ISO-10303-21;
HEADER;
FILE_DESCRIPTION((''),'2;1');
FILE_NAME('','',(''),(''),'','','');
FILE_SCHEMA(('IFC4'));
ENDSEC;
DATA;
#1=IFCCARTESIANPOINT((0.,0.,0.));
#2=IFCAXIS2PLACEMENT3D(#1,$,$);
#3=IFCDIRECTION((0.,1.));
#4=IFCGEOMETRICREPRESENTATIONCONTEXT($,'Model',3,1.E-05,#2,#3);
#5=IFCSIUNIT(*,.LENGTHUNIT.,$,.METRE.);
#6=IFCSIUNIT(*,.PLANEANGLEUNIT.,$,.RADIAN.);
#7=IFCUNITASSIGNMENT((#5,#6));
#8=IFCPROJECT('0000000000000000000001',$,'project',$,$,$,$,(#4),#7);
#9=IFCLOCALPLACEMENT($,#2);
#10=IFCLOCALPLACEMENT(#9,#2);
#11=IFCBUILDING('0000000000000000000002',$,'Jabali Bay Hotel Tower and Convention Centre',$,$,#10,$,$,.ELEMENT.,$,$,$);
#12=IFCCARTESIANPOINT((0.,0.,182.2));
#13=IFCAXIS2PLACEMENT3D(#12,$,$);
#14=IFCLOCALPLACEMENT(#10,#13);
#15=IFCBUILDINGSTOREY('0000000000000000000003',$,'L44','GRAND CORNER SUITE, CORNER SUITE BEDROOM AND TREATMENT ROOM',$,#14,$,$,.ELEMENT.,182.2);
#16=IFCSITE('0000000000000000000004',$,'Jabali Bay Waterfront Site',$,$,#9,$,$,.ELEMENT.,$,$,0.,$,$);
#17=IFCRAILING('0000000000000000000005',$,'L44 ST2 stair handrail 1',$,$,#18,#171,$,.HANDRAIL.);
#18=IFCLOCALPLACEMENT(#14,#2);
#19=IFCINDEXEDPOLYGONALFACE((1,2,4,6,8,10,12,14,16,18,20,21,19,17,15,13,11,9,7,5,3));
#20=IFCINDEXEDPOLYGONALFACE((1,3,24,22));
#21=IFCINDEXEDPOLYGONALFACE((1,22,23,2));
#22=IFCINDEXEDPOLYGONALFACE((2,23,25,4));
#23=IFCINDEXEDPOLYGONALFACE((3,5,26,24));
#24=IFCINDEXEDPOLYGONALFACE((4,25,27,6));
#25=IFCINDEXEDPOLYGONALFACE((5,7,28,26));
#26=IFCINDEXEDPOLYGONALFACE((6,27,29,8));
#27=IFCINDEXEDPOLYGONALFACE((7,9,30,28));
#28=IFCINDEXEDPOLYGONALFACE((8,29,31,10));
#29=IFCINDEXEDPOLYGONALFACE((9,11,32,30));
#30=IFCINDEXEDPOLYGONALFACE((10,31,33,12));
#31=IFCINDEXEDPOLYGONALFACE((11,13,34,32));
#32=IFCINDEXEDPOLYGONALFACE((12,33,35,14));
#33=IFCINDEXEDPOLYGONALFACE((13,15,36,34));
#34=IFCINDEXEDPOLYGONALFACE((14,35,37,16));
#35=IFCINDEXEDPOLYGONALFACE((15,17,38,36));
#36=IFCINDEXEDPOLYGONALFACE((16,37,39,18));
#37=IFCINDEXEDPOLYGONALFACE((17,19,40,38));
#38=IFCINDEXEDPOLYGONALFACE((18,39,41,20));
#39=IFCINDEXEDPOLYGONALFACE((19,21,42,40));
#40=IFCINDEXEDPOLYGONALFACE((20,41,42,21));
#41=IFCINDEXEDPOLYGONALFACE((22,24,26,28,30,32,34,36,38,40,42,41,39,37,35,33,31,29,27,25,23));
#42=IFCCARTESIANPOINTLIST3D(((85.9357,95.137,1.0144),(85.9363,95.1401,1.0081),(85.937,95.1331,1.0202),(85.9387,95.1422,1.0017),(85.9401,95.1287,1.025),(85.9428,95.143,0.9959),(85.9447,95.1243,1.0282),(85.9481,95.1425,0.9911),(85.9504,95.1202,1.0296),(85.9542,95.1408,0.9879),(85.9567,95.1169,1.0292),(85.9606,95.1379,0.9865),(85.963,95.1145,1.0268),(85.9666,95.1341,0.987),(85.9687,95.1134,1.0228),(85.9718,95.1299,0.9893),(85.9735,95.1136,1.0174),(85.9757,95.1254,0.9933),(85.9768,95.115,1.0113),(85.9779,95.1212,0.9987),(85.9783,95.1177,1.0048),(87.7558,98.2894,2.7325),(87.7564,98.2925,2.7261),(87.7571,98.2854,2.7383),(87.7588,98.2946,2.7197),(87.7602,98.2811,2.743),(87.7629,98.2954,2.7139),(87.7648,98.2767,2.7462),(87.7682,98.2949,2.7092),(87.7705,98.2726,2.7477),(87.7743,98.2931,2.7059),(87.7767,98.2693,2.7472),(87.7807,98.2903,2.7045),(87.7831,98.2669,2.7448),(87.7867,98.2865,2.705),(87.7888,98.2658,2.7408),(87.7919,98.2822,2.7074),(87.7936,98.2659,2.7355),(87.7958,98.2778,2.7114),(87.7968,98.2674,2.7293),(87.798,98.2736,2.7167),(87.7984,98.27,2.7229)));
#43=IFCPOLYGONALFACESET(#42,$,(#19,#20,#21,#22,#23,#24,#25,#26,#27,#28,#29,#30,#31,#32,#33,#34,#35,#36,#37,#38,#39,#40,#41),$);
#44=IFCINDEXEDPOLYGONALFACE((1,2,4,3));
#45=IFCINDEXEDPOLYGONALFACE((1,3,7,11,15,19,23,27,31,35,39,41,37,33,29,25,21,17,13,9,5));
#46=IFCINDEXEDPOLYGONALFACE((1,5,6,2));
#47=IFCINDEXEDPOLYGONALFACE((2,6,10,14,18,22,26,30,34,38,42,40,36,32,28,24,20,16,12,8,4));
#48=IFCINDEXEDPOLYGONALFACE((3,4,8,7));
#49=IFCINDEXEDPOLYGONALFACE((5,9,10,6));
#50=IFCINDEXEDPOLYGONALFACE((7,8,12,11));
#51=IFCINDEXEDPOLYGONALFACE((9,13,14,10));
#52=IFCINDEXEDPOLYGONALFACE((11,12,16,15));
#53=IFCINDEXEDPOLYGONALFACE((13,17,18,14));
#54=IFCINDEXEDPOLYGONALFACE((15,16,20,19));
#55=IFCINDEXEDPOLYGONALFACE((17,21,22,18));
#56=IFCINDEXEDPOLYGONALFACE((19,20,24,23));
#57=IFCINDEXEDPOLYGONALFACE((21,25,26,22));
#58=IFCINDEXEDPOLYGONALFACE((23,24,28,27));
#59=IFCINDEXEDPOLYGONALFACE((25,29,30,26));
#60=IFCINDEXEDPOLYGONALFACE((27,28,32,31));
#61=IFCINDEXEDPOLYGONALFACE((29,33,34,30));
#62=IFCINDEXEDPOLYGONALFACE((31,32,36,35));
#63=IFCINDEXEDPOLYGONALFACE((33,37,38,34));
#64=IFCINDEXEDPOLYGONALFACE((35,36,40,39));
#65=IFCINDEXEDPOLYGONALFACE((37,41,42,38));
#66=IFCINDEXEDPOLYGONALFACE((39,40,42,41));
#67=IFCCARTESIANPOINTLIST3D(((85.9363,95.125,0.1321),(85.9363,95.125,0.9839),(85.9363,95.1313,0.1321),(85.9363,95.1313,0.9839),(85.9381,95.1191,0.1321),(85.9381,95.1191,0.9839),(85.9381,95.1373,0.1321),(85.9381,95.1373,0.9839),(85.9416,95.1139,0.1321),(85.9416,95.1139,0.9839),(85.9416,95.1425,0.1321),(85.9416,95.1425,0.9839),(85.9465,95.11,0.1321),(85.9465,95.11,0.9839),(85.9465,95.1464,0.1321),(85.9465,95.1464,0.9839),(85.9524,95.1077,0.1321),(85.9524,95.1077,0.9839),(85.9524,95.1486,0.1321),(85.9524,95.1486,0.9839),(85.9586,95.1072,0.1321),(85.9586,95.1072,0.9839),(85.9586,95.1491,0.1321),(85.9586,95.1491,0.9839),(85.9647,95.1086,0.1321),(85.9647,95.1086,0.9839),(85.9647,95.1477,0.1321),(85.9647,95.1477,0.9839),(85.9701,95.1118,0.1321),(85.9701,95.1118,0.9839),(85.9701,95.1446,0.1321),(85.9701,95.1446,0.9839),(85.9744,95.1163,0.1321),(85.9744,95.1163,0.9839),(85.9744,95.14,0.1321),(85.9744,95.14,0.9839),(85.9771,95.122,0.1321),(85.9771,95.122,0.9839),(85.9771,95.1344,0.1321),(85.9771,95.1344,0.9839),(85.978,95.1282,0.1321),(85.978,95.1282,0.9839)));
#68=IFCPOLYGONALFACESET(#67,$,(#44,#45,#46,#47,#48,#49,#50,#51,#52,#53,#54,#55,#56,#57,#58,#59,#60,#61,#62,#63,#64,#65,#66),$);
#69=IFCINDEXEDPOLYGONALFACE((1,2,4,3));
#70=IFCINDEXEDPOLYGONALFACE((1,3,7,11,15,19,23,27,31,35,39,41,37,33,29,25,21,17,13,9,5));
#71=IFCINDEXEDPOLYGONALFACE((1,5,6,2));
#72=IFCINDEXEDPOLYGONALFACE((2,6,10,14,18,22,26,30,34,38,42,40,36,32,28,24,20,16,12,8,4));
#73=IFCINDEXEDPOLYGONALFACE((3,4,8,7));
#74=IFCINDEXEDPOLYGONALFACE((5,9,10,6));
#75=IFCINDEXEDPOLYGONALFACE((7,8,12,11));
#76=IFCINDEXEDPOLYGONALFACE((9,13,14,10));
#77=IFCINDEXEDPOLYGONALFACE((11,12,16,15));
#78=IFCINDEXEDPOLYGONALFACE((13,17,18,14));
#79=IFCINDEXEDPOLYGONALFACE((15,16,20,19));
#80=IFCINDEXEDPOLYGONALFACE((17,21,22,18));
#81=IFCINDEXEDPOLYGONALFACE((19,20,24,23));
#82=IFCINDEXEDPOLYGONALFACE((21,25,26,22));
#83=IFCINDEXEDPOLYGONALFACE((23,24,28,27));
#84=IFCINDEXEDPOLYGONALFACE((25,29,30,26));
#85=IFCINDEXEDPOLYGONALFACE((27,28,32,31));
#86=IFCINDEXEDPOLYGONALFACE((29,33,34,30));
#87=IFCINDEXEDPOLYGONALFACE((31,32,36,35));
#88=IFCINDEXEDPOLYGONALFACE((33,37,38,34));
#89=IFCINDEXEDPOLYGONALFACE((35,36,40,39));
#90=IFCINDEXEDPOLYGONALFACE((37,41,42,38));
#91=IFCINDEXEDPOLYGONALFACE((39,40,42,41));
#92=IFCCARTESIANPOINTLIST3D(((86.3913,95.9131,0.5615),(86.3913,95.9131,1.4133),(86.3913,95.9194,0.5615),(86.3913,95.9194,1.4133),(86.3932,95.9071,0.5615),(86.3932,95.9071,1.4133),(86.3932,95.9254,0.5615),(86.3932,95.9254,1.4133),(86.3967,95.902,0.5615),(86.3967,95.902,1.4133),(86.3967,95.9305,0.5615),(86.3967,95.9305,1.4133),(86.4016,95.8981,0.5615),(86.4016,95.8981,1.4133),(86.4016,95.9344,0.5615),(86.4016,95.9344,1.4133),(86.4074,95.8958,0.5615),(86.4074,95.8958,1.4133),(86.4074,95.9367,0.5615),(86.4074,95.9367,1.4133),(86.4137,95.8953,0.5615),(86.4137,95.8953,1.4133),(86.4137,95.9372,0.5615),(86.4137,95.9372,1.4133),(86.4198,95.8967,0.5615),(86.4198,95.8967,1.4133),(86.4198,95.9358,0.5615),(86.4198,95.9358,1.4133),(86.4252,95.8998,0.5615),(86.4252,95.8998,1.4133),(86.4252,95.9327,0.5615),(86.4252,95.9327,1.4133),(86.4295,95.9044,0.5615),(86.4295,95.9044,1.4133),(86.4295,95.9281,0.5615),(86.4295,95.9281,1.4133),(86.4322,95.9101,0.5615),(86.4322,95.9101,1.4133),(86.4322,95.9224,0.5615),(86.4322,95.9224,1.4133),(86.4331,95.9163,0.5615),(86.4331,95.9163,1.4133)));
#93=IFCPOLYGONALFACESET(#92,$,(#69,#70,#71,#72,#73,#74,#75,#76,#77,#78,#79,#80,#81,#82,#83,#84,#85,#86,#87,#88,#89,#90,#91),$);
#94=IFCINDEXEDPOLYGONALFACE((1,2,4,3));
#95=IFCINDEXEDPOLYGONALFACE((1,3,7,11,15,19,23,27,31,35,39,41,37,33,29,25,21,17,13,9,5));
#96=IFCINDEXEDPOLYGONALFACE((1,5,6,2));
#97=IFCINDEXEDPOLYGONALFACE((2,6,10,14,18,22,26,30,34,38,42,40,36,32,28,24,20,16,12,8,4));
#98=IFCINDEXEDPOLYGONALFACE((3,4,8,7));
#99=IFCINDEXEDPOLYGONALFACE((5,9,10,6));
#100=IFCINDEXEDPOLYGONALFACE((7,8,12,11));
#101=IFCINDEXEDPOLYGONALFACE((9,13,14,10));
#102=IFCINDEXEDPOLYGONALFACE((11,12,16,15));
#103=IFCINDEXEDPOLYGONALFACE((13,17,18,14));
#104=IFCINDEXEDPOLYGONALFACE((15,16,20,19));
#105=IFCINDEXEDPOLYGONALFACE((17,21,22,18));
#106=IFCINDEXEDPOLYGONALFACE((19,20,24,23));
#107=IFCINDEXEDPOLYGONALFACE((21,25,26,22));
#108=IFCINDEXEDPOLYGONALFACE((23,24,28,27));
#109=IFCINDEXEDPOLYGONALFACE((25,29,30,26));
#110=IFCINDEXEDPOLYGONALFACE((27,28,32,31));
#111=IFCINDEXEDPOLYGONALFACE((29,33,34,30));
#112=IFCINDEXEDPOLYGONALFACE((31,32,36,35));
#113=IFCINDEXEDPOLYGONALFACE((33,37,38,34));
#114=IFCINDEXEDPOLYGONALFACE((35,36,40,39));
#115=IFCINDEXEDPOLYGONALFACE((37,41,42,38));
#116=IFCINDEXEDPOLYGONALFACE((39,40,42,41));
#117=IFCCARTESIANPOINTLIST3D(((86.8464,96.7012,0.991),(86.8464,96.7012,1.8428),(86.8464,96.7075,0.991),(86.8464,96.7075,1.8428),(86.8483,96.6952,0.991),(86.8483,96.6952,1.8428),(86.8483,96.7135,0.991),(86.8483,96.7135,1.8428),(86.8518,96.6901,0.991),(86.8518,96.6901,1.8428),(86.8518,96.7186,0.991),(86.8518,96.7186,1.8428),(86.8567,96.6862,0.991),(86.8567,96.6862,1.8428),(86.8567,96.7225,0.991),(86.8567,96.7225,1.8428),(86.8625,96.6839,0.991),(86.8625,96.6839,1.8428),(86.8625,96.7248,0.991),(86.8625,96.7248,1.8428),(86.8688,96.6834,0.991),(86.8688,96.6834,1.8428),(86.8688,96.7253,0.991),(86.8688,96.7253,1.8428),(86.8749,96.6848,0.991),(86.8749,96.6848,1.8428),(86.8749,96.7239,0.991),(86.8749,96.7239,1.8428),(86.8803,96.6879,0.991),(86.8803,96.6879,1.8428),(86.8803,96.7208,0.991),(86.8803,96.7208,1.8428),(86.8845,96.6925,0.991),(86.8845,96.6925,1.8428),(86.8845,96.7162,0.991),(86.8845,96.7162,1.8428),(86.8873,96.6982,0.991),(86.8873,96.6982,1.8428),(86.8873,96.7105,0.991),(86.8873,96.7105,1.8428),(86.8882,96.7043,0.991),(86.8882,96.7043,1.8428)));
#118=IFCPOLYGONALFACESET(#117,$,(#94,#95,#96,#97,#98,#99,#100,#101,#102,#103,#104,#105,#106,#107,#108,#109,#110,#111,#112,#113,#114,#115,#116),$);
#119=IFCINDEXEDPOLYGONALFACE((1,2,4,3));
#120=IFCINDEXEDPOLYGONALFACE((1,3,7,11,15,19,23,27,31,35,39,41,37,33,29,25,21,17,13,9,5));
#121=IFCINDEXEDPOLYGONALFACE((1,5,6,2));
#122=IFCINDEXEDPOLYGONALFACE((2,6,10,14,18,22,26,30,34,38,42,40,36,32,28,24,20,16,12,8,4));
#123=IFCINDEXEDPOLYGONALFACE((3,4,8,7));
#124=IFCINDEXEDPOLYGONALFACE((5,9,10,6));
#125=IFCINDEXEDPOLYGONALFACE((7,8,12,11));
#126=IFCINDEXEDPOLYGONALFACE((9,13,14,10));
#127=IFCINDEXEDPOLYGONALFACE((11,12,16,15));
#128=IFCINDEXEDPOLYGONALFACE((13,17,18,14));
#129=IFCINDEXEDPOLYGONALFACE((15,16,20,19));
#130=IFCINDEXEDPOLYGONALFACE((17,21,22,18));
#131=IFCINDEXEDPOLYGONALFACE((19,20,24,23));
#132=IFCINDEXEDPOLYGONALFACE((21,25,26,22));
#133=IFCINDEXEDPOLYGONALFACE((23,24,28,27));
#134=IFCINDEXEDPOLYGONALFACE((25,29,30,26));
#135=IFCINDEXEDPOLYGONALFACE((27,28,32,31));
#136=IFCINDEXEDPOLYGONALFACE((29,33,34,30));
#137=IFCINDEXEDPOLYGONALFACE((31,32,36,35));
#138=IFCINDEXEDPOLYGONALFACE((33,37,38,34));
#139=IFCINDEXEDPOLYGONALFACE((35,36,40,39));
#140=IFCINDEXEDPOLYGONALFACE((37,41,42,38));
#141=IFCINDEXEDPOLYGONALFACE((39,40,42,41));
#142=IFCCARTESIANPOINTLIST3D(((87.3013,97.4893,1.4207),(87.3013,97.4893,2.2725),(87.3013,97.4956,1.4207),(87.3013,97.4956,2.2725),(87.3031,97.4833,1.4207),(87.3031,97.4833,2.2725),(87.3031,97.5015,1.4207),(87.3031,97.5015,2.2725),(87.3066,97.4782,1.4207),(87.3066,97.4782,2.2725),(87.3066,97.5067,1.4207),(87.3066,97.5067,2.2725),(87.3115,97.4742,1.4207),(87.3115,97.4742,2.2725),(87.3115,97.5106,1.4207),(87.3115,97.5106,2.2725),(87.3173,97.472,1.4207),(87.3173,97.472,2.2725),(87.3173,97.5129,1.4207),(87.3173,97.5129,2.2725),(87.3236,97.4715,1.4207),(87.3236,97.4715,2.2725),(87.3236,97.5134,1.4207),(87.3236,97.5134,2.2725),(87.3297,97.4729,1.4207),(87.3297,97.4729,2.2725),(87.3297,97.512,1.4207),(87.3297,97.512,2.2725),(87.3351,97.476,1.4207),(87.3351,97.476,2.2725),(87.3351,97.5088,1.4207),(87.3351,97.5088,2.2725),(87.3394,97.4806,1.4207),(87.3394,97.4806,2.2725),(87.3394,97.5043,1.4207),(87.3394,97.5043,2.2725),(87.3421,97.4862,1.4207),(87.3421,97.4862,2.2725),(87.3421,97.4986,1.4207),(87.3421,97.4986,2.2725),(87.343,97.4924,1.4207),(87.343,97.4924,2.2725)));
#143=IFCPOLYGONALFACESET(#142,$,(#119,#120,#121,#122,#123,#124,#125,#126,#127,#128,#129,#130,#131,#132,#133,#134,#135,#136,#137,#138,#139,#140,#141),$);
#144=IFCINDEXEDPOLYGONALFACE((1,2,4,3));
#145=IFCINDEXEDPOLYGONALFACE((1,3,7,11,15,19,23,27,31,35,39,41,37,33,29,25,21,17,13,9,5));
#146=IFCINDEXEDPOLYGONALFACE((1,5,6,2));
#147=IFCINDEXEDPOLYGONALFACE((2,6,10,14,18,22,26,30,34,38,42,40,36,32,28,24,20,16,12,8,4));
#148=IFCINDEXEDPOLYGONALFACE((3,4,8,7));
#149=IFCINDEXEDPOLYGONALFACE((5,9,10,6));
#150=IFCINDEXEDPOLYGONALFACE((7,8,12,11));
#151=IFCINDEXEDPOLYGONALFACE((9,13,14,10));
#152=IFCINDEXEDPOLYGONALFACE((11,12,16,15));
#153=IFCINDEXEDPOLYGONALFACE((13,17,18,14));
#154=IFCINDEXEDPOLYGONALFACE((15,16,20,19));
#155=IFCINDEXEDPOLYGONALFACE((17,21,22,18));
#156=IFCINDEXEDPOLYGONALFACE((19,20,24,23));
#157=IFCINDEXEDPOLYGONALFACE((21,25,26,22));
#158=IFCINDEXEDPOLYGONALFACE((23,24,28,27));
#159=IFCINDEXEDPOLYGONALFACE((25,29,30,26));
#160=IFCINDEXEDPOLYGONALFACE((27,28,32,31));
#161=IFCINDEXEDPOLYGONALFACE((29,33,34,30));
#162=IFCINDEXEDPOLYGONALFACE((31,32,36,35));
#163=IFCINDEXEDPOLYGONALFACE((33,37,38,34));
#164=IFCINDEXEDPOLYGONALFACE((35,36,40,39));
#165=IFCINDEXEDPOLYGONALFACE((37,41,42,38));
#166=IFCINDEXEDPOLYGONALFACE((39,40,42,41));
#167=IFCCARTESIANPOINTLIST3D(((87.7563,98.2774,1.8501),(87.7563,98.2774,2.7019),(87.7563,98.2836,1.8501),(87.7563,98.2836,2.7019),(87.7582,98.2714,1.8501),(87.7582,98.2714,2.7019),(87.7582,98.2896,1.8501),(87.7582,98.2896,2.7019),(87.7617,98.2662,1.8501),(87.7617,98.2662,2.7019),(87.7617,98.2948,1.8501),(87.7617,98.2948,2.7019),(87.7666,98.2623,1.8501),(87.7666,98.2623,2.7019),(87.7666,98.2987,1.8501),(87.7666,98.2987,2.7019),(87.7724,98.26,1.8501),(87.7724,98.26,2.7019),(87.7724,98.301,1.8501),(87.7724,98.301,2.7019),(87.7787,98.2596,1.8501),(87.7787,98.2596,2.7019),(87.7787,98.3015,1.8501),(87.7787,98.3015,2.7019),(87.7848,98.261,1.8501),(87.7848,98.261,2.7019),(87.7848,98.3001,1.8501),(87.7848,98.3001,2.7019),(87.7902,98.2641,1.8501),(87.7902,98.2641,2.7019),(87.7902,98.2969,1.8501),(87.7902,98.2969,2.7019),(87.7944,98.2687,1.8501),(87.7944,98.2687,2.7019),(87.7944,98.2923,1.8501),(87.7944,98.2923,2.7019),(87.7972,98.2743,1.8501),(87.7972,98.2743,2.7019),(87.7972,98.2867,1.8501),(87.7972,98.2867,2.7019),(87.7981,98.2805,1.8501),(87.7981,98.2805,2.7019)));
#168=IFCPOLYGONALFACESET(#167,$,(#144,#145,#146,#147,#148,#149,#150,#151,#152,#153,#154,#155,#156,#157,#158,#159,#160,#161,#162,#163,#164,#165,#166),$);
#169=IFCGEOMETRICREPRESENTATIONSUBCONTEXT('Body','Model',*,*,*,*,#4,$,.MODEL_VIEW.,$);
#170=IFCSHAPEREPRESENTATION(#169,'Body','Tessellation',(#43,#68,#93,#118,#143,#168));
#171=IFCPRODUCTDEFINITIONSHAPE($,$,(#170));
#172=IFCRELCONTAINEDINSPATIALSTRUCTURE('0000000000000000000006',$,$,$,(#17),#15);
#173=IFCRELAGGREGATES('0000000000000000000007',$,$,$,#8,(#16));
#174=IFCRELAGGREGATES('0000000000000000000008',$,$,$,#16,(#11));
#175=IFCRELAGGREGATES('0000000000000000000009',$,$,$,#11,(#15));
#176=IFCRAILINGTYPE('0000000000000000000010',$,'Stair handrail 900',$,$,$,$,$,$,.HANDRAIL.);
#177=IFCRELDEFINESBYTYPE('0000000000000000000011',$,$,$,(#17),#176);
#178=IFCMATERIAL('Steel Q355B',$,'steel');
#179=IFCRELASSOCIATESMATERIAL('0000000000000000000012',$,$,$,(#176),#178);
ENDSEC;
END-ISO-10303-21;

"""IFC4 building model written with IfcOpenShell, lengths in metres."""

from ifc_helpers import new_model, si_unit, direction, frame, origin, origin_2d, place, context, subcontext, project, spatial, circle, extrude, material, type_object, element, save


model = new_model("IFC4")

# Units and contexts
model_context = context("Model", 3, precision=1e-05, world=origin(), true_north=direction((0.0, 1.0)))
body_context = subcontext(model_context, "Body", "Model", "MODEL_VIEW")
ifc_project = project(units=[si_unit("LENGTHUNIT", "METRE"), si_unit("PLANEANGLEUNIT", "RADIAN")], contexts=[model_context])

# Site, building, storey
site_placement = place(None, origin())
site = spatial("IfcSite", under=ifc_project, at=site_placement, Name="Jabali Bay Waterfront Site", CompositionType="ELEMENT", RefElevation=0.0)
building_placement = place(site_placement, origin())
building = spatial("IfcBuilding", under=site, at=building_placement, Name="Jabali Bay Hotel Tower and Convention Centre", CompositionType="ELEMENT")
storey_placement = place(building_placement, frame((0.0, 0.0, 182.2)))
storey = spatial("IfcBuildingStorey", under=building, at=storey_placement, Name="L44", Description="GRAND CORNER SUITE, CORNER SUITE BEDROOM AND TREATMENT ROOM", CompositionType="ELEMENT", Elevation=182.2)

# Railing
ifc_material_1 = material(Name="Steel Q355B", Category="steel")
railing_type_1 = type_object("IfcRailingType", Name="Stair handrail 900", PredefinedType="HANDRAIL", material=ifc_material_1)
railing_1_placement = place(storey_placement, frame((85.957, 95.1282, 0.1321)))
element("IfcRailing", 1, at=railing_1_placement, inside=storey, type_object=railing_type_1, Name="L44 ST2 stair handrail 1", PredefinedType="HANDRAIL", context=body_context, shape_type="SweptSolid", body=[
    extrude(circle(Radius=0.0239, at=origin_2d()), frame((0.0, 0.0, 0.876), z_axis=(0.452179, 0.78317, 0.426825), x_axis=(-0.866018, 0.500013, 0.0)), (0.0, 0.0, 1.0), 4.0251),
    extrude(circle(Radius=0.021, at=origin_2d()), origin(), (0.0, 0.0, 1.0), 0.8518),
    extrude(circle(Radius=0.021, at=origin_2d()), frame((0.4551, 0.7881, 0.4294)), (0.0, 0.0, 1.0), 0.8518),
    extrude(circle(Radius=0.021, at=origin_2d()), frame((0.9102, 1.5762, 0.8589)), (0.0, 0.0, 1.0), 0.8518),
    extrude(circle(Radius=0.021, at=origin_2d()), frame((1.365, 2.3643, 1.2886)), (0.0, 0.0, 1.0), 0.8518),
    extrude(circle(Radius=0.021, at=origin_2d()), frame((1.8201, 3.1523, 1.718)), (0.0, 0.0, 1.0), 0.8518),
])

save(model, "model.ifc")
